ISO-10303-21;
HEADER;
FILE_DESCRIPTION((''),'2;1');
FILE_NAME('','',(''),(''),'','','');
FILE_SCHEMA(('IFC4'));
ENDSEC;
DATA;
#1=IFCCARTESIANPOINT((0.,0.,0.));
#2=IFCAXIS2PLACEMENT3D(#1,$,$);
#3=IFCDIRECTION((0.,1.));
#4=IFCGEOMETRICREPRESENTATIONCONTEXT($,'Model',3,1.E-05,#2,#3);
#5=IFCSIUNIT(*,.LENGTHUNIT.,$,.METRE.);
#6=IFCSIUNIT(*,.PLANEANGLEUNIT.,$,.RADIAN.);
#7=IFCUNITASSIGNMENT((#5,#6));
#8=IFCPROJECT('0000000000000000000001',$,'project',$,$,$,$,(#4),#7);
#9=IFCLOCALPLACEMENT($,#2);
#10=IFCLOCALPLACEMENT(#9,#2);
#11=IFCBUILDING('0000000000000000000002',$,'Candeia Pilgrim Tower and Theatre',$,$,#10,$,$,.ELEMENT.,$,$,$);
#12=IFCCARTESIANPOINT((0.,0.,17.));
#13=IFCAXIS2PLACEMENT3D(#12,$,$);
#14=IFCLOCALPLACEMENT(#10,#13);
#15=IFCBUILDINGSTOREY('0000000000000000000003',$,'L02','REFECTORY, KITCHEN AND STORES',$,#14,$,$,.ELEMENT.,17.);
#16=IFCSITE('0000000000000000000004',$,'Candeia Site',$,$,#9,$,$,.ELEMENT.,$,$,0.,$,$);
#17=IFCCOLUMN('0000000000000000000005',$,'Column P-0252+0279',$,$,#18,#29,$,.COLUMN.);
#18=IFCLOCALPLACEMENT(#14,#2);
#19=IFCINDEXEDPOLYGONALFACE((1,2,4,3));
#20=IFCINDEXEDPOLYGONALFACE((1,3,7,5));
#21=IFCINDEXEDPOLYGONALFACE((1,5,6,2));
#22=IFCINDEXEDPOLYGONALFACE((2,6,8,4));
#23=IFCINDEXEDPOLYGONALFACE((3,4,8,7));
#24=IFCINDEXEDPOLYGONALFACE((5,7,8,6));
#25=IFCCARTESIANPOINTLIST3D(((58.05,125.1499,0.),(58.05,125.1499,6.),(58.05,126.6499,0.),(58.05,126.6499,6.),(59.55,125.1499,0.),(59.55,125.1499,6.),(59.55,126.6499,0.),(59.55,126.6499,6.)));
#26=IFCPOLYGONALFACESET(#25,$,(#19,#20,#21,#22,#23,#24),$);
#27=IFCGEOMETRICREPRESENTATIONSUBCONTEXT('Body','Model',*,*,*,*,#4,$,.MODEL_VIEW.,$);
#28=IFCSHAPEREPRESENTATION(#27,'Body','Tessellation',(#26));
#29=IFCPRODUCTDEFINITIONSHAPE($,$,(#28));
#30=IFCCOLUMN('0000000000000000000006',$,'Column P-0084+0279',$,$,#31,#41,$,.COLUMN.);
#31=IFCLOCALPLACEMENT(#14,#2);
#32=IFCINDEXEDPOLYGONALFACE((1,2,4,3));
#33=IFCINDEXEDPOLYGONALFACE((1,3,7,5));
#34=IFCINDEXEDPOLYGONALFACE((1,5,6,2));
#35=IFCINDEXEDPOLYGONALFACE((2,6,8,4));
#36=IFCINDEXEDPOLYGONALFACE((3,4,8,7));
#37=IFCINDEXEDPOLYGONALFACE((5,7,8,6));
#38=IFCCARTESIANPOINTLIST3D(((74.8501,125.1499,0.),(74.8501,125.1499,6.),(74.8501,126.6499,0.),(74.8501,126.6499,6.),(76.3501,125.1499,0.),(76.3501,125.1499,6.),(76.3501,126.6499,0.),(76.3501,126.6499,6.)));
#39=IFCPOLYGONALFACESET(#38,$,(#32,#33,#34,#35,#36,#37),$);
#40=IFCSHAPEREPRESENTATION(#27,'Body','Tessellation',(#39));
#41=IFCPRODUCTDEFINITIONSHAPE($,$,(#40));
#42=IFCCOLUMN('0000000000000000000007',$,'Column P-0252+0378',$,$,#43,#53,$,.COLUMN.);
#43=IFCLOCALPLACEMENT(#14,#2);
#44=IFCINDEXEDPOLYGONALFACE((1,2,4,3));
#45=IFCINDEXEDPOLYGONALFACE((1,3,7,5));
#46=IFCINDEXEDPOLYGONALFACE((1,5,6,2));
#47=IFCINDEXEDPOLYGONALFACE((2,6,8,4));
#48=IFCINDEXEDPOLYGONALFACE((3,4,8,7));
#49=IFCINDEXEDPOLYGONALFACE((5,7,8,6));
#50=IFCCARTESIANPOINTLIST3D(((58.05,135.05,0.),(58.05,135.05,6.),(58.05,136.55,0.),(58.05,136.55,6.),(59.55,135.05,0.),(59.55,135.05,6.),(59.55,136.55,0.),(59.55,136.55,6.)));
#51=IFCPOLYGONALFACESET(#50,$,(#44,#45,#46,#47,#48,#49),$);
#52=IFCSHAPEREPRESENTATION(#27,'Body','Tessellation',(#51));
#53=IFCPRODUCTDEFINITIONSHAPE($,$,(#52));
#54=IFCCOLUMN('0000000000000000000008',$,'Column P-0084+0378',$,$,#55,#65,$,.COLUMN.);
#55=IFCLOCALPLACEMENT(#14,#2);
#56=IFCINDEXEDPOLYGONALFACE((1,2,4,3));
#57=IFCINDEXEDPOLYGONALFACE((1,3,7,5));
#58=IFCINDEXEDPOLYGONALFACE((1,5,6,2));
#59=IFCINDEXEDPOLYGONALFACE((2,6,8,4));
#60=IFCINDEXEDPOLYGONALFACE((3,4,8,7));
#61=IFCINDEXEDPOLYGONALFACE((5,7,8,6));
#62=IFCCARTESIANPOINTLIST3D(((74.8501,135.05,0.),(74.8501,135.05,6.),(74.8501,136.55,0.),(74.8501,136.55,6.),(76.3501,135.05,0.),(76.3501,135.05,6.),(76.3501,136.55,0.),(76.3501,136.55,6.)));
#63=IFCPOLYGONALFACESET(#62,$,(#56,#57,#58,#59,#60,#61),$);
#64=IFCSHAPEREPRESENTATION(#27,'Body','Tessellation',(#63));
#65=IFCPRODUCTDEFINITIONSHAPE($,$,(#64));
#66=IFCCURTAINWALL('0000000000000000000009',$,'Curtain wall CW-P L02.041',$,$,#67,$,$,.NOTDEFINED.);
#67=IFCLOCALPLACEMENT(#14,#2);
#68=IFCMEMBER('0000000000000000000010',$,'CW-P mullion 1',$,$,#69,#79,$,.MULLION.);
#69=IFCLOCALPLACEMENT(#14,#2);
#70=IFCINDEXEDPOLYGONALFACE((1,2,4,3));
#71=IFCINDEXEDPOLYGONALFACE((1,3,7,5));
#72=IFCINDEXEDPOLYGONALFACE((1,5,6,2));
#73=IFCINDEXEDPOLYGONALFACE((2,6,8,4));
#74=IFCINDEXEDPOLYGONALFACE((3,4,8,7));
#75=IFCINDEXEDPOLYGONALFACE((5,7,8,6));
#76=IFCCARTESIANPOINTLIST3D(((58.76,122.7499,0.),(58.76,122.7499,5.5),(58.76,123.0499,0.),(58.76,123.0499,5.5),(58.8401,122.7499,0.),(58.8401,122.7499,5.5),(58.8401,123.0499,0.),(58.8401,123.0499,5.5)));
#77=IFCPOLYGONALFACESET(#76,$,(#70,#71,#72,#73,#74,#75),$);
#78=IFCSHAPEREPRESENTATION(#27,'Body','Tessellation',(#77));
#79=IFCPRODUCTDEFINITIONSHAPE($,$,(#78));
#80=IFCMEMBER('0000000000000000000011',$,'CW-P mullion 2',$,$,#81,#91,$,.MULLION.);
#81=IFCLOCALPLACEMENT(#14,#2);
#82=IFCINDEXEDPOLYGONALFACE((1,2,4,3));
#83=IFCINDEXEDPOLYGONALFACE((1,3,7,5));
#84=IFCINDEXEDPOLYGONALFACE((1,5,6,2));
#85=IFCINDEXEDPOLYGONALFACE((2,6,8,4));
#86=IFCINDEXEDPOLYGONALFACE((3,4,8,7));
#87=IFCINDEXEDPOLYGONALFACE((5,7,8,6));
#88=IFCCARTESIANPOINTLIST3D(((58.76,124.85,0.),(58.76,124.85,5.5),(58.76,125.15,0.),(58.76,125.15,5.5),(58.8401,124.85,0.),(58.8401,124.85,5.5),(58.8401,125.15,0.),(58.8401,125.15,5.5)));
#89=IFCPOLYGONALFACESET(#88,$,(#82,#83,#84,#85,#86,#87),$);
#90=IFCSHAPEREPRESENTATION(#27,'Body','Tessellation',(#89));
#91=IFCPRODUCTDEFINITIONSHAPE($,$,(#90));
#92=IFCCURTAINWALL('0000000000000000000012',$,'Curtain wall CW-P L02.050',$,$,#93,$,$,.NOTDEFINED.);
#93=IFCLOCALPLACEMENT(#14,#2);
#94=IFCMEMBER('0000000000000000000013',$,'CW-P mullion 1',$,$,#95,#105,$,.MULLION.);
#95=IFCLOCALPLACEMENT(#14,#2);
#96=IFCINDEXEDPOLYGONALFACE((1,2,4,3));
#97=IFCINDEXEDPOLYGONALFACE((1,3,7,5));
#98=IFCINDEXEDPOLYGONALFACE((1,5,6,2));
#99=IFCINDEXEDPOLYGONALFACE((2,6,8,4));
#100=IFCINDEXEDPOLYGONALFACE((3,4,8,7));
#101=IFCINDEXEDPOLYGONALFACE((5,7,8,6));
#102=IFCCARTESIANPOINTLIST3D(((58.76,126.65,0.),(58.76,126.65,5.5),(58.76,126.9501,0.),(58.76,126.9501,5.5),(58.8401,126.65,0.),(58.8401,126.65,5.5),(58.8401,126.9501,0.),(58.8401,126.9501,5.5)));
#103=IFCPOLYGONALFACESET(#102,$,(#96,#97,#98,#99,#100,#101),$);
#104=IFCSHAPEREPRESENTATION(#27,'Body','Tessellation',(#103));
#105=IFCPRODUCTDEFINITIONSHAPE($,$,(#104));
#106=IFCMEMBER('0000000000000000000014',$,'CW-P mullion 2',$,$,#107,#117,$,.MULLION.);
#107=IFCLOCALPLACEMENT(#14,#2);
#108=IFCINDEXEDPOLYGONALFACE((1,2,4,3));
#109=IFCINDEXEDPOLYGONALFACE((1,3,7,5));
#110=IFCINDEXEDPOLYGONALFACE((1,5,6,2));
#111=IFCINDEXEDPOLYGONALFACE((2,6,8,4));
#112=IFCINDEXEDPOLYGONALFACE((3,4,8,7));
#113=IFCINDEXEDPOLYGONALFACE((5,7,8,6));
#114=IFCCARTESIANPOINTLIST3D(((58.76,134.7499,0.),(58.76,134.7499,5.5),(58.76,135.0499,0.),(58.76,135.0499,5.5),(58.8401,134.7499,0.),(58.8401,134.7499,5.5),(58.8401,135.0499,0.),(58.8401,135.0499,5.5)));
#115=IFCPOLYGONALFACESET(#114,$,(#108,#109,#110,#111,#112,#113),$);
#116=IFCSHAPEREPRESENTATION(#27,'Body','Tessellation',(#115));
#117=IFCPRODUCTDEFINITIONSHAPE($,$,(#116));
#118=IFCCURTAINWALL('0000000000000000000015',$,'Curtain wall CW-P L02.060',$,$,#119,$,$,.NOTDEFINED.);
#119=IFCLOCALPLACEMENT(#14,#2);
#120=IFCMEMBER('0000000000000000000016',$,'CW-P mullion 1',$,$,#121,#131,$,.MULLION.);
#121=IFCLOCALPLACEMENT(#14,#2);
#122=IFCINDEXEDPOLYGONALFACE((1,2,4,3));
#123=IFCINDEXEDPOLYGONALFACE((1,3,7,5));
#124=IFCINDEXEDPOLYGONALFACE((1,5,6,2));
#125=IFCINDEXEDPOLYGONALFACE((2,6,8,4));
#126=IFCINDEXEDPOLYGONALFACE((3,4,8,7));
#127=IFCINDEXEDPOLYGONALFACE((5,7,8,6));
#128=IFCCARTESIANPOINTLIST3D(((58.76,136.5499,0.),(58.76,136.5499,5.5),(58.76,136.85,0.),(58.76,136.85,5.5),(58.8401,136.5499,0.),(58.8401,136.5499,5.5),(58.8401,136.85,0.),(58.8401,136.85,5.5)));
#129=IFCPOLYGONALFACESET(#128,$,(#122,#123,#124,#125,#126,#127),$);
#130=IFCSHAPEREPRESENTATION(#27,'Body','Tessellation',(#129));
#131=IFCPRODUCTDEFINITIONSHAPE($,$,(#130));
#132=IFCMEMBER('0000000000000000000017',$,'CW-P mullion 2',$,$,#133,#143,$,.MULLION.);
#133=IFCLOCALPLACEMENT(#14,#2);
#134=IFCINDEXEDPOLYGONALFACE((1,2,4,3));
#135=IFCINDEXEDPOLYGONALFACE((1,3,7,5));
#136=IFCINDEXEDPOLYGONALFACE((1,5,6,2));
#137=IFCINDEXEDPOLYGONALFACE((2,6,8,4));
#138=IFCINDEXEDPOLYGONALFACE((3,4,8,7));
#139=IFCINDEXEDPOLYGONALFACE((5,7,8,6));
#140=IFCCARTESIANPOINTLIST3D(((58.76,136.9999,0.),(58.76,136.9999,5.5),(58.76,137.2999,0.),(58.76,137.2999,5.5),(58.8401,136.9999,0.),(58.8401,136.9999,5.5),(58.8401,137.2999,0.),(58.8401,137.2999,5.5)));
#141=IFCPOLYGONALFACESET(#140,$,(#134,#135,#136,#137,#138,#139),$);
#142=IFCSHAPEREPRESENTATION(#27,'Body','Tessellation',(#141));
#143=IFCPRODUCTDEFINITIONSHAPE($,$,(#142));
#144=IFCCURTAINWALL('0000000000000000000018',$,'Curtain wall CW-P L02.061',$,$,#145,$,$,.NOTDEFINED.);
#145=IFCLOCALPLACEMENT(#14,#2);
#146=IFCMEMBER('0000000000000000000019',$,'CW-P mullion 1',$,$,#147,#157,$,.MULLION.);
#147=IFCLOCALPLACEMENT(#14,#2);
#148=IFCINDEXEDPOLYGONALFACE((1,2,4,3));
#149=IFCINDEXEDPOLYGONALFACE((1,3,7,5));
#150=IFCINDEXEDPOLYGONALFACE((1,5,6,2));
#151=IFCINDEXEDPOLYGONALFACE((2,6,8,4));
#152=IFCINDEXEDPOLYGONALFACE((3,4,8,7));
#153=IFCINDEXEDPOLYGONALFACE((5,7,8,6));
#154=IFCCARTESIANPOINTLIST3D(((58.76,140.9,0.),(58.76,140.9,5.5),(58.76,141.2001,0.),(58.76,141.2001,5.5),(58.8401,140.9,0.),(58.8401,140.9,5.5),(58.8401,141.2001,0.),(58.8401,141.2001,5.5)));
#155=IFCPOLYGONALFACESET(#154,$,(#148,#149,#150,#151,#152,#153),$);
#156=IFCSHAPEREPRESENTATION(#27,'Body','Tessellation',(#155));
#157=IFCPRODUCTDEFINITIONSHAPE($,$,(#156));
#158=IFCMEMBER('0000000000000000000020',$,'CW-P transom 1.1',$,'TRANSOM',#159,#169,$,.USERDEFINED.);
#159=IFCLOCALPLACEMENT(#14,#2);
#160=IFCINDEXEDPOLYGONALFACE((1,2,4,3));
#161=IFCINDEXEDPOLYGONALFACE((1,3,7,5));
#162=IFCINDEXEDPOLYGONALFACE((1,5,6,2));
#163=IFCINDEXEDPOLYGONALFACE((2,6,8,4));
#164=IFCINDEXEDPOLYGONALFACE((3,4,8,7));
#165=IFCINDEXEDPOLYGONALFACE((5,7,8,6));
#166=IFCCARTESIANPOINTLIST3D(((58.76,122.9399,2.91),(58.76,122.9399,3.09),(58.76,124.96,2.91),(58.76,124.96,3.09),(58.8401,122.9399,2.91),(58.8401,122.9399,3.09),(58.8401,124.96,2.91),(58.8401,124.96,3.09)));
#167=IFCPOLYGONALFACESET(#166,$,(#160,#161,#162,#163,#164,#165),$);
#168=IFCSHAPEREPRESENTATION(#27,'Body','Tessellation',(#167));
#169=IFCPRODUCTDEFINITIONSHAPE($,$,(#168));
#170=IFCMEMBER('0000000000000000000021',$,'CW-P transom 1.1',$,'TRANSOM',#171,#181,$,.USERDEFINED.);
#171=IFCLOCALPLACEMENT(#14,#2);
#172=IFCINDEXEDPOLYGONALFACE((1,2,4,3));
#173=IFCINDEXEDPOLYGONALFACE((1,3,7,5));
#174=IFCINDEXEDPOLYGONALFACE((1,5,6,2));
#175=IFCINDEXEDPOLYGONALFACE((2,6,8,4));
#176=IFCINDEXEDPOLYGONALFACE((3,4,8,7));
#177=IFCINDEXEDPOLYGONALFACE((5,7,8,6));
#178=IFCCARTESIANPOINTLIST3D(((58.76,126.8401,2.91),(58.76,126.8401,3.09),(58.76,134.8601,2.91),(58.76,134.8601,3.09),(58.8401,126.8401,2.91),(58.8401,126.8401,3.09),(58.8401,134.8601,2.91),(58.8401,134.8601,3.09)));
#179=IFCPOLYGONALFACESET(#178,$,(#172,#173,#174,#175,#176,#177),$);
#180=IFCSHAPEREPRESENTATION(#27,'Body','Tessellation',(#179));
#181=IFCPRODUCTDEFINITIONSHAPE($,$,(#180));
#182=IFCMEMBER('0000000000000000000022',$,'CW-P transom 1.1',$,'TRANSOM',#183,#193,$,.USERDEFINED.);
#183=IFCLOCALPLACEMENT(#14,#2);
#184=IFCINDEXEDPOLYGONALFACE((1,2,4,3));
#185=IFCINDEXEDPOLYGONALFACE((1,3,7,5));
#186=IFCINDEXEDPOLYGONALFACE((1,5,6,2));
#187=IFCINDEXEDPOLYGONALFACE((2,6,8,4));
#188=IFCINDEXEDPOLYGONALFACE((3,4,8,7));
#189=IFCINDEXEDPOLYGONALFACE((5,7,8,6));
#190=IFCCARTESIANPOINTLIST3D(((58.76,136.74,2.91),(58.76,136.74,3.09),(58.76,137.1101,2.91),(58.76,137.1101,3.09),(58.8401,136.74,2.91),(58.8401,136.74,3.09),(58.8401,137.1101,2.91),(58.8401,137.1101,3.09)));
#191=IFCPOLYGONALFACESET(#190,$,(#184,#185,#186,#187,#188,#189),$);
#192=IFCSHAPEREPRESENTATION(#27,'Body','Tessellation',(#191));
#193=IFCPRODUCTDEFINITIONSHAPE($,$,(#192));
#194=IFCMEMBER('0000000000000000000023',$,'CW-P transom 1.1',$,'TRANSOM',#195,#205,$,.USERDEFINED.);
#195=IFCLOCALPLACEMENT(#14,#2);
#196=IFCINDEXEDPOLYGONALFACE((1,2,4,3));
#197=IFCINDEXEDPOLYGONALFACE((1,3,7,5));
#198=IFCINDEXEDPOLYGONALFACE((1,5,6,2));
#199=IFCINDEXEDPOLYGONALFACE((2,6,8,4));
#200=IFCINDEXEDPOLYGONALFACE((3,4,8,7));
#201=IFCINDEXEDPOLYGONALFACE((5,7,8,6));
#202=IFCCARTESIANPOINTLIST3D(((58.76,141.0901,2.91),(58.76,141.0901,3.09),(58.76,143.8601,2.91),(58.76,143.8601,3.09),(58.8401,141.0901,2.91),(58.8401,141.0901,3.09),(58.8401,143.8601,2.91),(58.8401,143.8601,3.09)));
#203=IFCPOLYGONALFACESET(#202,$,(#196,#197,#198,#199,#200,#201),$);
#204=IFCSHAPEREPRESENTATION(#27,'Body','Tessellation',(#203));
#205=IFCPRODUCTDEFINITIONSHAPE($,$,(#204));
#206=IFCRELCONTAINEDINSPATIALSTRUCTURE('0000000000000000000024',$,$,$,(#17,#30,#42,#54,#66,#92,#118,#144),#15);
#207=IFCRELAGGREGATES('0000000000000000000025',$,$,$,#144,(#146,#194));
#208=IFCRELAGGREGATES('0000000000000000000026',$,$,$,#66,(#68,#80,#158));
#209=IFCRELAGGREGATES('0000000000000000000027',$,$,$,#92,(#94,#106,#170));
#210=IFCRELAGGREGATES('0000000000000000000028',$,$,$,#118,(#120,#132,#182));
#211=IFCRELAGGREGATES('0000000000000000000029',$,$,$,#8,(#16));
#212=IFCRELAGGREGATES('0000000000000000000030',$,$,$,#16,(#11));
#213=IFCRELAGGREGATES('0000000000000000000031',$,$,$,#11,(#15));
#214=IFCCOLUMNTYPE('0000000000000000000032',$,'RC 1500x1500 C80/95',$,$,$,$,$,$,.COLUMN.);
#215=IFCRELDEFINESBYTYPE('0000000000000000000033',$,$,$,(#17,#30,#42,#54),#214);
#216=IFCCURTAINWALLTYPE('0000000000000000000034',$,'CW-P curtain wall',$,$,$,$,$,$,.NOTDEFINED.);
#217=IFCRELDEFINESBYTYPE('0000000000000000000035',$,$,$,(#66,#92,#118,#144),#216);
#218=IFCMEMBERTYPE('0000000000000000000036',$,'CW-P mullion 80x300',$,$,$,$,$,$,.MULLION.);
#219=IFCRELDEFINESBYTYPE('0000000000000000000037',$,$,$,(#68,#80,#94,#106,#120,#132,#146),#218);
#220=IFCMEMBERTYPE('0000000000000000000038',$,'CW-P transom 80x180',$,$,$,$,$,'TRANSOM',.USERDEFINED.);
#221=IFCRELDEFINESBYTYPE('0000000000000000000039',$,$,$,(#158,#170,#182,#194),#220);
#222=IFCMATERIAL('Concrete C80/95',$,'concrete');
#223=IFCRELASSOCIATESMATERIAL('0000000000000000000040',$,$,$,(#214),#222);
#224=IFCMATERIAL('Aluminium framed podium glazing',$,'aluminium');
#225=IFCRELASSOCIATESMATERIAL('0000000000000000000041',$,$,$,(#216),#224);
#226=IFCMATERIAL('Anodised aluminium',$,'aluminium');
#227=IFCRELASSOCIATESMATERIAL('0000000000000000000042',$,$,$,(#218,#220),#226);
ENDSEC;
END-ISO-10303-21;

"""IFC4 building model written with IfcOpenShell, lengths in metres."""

from ifc_helpers import new_model, si_unit, direction, frame, origin, origin_2d, place, context, subcontext, project, spatial, rectangle, extrude, material, material_profile, profile_set, type_object, element, aggregate, save


model = new_model("IFC4")

# Units and contexts
model_context = context("Model", 3, precision=1e-05, world=origin(), true_north=direction((0.0, 1.0)))
body_context = subcontext(model_context, "Body", "Model", "MODEL_VIEW")
ifc_project = project(units=[si_unit("LENGTHUNIT", "METRE"), si_unit("PLANEANGLEUNIT", "RADIAN")], contexts=[model_context])

# Site, building, storey
site_placement = place(None, origin())
site = spatial("IfcSite", under=ifc_project, at=site_placement, Name="Candeia Site", CompositionType="ELEMENT", RefElevation=0.0)
building_placement = place(site_placement, origin())
building = spatial("IfcBuilding", under=site, at=building_placement, Name="Candeia Pilgrim Tower and Theatre", CompositionType="ELEMENT")
storey_placement = place(building_placement, frame((0.0, 0.0, 17.0)))
storey = spatial("IfcBuildingStorey", under=building, at=storey_placement, Name="L02", Description="REFECTORY, KITCHEN AND STORES", CompositionType="ELEMENT", Elevation=17.0)

# Columns
ifc_material_1 = material(Name="Concrete C80/95", Category="concrete")
ifc_material_profile_1 = material_profile(ifc_material_1, rectangle(XDim=1.5, YDim=1.5, at=origin_2d()))
ifc_profile_set_1 = profile_set([ifc_material_profile_1], Name="Concrete C80/95")
column_type = type_object("IfcColumnType", Name="RC 1500x1500 C80/95", PredefinedType="COLUMN", material=ifc_profile_set_1)
for number, where, z_axis, x_axis, name in (
    (1, (58.8, 125.8999, 0.0), (0.0, 0.0, 1.0), (1.0, 0.0, 0.0), "Column P-0252+0279"),
    (2, (75.6001, 125.8999, 0.0), (0.0, 0.0, 1.0), (1.0, 0.0, 0.0), "Column P-0084+0279"),
    (3, (58.8, 135.8, 0.0), (0.0, 0.0, 1.0), (1.0, 0.0, 0.0), "Column P-0252+0378"),
    (4, (75.6001, 135.8, 0.0), (0.0, 0.0, 1.0), (1.0, 0.0, 0.0), "Column P-0084+0378"),
):
    element("IfcColumn", number, at=place(storey_placement, frame(where, z_axis=z_axis, x_axis=x_axis)), inside=storey, type_object=column_type, Name=name, PredefinedType="COLUMN", context=body_context, shape_type="SweptSolid", body=[
        extrude(rectangle(XDim=1.5, YDim=1.5, at=origin_2d()), origin(), (0.0, 0.0, 1.0), 6.0),
    ])

# Curtain walls, members
ifc_material_2 = material(Name="Aluminium framed podium glazing", Category="aluminium")
curtain_wall_type = type_object("IfcCurtainWallType", Name="CW-P curtain wall", PredefinedType="NOTDEFINED", material=ifc_material_2)
curtain_wall_1_placement = place(storey_placement, origin())
curtain_wall_1 = element("IfcCurtainWall", 5, at=curtain_wall_1_placement, inside=storey, type_object=curtain_wall_type, Name="Curtain wall CW-P L02.041", PredefinedType="NOTDEFINED")
ifc_material_3 = material(Name="Anodised aluminium", Category="aluminium")
ifc_material_profile_2 = material_profile(ifc_material_3, rectangle(XDim=0.0801, YDim=0.3, at=origin_2d()))
ifc_profile_set_2 = profile_set([ifc_material_profile_2], Name="Anodised aluminium")
member_type_1 = type_object("IfcMemberType", Name="CW-P mullion 80x300", PredefinedType="MULLION", material=ifc_profile_set_2)
member_1_placement = place(storey_placement, frame((58.8, 122.8999, 0.0), z_axis=(0.0, 0.0, 1.0), x_axis=(-1.0, 0.0, 0.0)))
member_1 = element("IfcMember", 6, at=member_1_placement, type_object=member_type_1, Name="CW-P mullion 1", PredefinedType="MULLION", context=body_context, shape_type="SweptSolid", body=[
    extrude(rectangle(XDim=0.0801, YDim=0.3, at=origin_2d()), origin(), (0.0, 0.0, 1.0), 5.5),
])
member_2_placement = place(storey_placement, frame((58.8, 125.0, 0.0), z_axis=(0.0, 0.0, 1.0), x_axis=(-1.0, 0.0, 0.0)))
member_2 = element("IfcMember", 7, at=member_2_placement, type_object=member_type_1, Name="CW-P mullion 2", PredefinedType="MULLION", context=body_context, shape_type="SweptSolid", body=[
    extrude(rectangle(XDim=0.0801, YDim=0.3, at=origin_2d()), origin(), (0.0, 0.0, 1.0), 5.5),
])
curtain_wall_2_placement = place(storey_placement, origin())
curtain_wall_2 = element("IfcCurtainWall", 8, at=curtain_wall_2_placement, inside=storey, type_object=curtain_wall_type, Name="Curtain wall CW-P L02.050", PredefinedType="NOTDEFINED")
member_3_placement = place(storey_placement, frame((58.8, 126.8, 0.0), z_axis=(0.0, 0.0, 1.0), x_axis=(-1.0, 0.0, 0.0)))
member_3 = element("IfcMember", 9, at=member_3_placement, type_object=member_type_1, Name="CW-P mullion 1", PredefinedType="MULLION", context=body_context, shape_type="SweptSolid", body=[
    extrude(rectangle(XDim=0.0801, YDim=0.3, at=origin_2d()), origin(), (0.0, 0.0, 1.0), 5.5),
])
member_4_placement = place(storey_placement, frame((58.8, 134.8999, 0.0), z_axis=(0.0, 0.0, 1.0), x_axis=(-1.0, 0.0, 0.0)))
member_4 = element("IfcMember", 10, at=member_4_placement, type_object=member_type_1, Name="CW-P mullion 2", PredefinedType="MULLION", context=body_context, shape_type="SweptSolid", body=[
    extrude(rectangle(XDim=0.0801, YDim=0.3, at=origin_2d()), origin(), (0.0, 0.0, 1.0), 5.5),
])
curtain_wall_3_placement = place(storey_placement, origin())
curtain_wall_3 = element("IfcCurtainWall", 11, at=curtain_wall_3_placement, inside=storey, type_object=curtain_wall_type, Name="Curtain wall CW-P L02.060", PredefinedType="NOTDEFINED")
member_5_placement = place(storey_placement, frame((58.8, 136.7, 0.0), z_axis=(0.0, 0.0, 1.0), x_axis=(-1.0, 0.0, 0.0)))
member_5 = element("IfcMember", 12, at=member_5_placement, type_object=member_type_1, Name="CW-P mullion 1", PredefinedType="MULLION", context=body_context, shape_type="SweptSolid", body=[
    extrude(rectangle(XDim=0.0801, YDim=0.3, at=origin_2d()), origin(), (0.0, 0.0, 1.0), 5.5),
])
member_6_placement = place(storey_placement, frame((58.8, 137.1499, 0.0), z_axis=(0.0, 0.0, 1.0), x_axis=(-1.0, 0.0, 0.0)))
member_6 = element("IfcMember", 13, at=member_6_placement, type_object=member_type_1, Name="CW-P mullion 2", PredefinedType="MULLION", context=body_context, shape_type="SweptSolid", body=[
    extrude(rectangle(XDim=0.0801, YDim=0.3, at=origin_2d()), origin(), (0.0, 0.0, 1.0), 5.5),
])

# Curtain wall, member
curtain_wall_4_placement = place(storey_placement, origin())
curtain_wall_4 = element("IfcCurtainWall", 14, at=curtain_wall_4_placement, inside=storey, type_object=curtain_wall_type, Name="Curtain wall CW-P L02.061", PredefinedType="NOTDEFINED")
member_7_placement = place(storey_placement, frame((58.8, 141.05, 0.0), z_axis=(0.0, 0.0, 1.0), x_axis=(-1.0, 0.0, 0.0)))
member_7 = element("IfcMember", 15, at=member_7_placement, type_object=member_type_1, Name="CW-P mullion 1", PredefinedType="MULLION", context=body_context, shape_type="SweptSolid", body=[
    extrude(rectangle(XDim=0.0801, YDim=0.3, at=origin_2d()), origin(), (0.0, 0.0, 1.0), 5.5),
])

# Members
ifc_material_profile_3 = material_profile(ifc_material_3, rectangle(XDim=0.0801, YDim=0.1799, at=origin_2d()))
ifc_profile_set_3 = profile_set([ifc_material_profile_3], Name="Anodised aluminium")
member_type_2 = type_object("IfcMemberType", Name="CW-P transom 80x180", ElementType="TRANSOM", PredefinedType="USERDEFINED", material=ifc_profile_set_3)
member_8_placement = place(storey_placement, frame((58.8, 122.9399, 3.0), z_axis=(0.0, 1.0, 0.0), x_axis=(-1.0, 0.0, 0.0)))
member_8 = element("IfcMember", 16, at=member_8_placement, type_object=member_type_2, Name="CW-P transom 1.1", ObjectType="TRANSOM", PredefinedType="USERDEFINED", context=body_context, shape_type="SweptSolid", body=[
    extrude(rectangle(XDim=0.0801, YDim=0.1799, at=origin_2d()), origin(), (0.0, 0.0, 1.0), 2.02),
])
member_9_placement = place(storey_placement, frame((58.8, 126.8401, 3.0), z_axis=(0.0, 1.0, 0.0), x_axis=(-1.0, 0.0, 0.0)))
member_9 = element("IfcMember", 17, at=member_9_placement, type_object=member_type_2, Name="CW-P transom 1.1", ObjectType="TRANSOM", PredefinedType="USERDEFINED", context=body_context, shape_type="SweptSolid", body=[
    extrude(rectangle(XDim=0.0801, YDim=0.1799, at=origin_2d()), origin(), (0.0, 0.0, 1.0), 8.02),
])
member_10_placement = place(storey_placement, frame((58.8, 136.74, 3.0), z_axis=(0.0, 1.0, 0.0), x_axis=(-1.0, 0.0, 0.0)))
member_10 = element("IfcMember", 18, at=member_10_placement, type_object=member_type_2, Name="CW-P transom 1.1", ObjectType="TRANSOM", PredefinedType="USERDEFINED", context=body_context, shape_type="SweptSolid", body=[
    extrude(rectangle(XDim=0.0801, YDim=0.1799, at=origin_2d()), origin(), (0.0, 0.0, 1.0), 0.3701),
])
member_11_placement = place(storey_placement, frame((58.8, 141.0901, 3.0), z_axis=(0.0, 1.0, 0.0), x_axis=(-1.0, 0.0, 0.0)))
member_11 = element("IfcMember", 19, at=member_11_placement, type_object=member_type_2, Name="CW-P transom 1.1", ObjectType="TRANSOM", PredefinedType="USERDEFINED", context=body_context, shape_type="SweptSolid", body=[
    extrude(rectangle(XDim=0.0801, YDim=0.1799, at=origin_2d()), origin(), (0.0, 0.0, 1.0), 2.77),
])
aggregate(curtain_wall_4, [member_7, member_11])

aggregate(curtain_wall_1, [member_1, member_2, member_8])
aggregate(curtain_wall_2, [member_3, member_4, member_9])
aggregate(curtain_wall_3, [member_5, member_6, member_10])

save(model, "model.ifc")
